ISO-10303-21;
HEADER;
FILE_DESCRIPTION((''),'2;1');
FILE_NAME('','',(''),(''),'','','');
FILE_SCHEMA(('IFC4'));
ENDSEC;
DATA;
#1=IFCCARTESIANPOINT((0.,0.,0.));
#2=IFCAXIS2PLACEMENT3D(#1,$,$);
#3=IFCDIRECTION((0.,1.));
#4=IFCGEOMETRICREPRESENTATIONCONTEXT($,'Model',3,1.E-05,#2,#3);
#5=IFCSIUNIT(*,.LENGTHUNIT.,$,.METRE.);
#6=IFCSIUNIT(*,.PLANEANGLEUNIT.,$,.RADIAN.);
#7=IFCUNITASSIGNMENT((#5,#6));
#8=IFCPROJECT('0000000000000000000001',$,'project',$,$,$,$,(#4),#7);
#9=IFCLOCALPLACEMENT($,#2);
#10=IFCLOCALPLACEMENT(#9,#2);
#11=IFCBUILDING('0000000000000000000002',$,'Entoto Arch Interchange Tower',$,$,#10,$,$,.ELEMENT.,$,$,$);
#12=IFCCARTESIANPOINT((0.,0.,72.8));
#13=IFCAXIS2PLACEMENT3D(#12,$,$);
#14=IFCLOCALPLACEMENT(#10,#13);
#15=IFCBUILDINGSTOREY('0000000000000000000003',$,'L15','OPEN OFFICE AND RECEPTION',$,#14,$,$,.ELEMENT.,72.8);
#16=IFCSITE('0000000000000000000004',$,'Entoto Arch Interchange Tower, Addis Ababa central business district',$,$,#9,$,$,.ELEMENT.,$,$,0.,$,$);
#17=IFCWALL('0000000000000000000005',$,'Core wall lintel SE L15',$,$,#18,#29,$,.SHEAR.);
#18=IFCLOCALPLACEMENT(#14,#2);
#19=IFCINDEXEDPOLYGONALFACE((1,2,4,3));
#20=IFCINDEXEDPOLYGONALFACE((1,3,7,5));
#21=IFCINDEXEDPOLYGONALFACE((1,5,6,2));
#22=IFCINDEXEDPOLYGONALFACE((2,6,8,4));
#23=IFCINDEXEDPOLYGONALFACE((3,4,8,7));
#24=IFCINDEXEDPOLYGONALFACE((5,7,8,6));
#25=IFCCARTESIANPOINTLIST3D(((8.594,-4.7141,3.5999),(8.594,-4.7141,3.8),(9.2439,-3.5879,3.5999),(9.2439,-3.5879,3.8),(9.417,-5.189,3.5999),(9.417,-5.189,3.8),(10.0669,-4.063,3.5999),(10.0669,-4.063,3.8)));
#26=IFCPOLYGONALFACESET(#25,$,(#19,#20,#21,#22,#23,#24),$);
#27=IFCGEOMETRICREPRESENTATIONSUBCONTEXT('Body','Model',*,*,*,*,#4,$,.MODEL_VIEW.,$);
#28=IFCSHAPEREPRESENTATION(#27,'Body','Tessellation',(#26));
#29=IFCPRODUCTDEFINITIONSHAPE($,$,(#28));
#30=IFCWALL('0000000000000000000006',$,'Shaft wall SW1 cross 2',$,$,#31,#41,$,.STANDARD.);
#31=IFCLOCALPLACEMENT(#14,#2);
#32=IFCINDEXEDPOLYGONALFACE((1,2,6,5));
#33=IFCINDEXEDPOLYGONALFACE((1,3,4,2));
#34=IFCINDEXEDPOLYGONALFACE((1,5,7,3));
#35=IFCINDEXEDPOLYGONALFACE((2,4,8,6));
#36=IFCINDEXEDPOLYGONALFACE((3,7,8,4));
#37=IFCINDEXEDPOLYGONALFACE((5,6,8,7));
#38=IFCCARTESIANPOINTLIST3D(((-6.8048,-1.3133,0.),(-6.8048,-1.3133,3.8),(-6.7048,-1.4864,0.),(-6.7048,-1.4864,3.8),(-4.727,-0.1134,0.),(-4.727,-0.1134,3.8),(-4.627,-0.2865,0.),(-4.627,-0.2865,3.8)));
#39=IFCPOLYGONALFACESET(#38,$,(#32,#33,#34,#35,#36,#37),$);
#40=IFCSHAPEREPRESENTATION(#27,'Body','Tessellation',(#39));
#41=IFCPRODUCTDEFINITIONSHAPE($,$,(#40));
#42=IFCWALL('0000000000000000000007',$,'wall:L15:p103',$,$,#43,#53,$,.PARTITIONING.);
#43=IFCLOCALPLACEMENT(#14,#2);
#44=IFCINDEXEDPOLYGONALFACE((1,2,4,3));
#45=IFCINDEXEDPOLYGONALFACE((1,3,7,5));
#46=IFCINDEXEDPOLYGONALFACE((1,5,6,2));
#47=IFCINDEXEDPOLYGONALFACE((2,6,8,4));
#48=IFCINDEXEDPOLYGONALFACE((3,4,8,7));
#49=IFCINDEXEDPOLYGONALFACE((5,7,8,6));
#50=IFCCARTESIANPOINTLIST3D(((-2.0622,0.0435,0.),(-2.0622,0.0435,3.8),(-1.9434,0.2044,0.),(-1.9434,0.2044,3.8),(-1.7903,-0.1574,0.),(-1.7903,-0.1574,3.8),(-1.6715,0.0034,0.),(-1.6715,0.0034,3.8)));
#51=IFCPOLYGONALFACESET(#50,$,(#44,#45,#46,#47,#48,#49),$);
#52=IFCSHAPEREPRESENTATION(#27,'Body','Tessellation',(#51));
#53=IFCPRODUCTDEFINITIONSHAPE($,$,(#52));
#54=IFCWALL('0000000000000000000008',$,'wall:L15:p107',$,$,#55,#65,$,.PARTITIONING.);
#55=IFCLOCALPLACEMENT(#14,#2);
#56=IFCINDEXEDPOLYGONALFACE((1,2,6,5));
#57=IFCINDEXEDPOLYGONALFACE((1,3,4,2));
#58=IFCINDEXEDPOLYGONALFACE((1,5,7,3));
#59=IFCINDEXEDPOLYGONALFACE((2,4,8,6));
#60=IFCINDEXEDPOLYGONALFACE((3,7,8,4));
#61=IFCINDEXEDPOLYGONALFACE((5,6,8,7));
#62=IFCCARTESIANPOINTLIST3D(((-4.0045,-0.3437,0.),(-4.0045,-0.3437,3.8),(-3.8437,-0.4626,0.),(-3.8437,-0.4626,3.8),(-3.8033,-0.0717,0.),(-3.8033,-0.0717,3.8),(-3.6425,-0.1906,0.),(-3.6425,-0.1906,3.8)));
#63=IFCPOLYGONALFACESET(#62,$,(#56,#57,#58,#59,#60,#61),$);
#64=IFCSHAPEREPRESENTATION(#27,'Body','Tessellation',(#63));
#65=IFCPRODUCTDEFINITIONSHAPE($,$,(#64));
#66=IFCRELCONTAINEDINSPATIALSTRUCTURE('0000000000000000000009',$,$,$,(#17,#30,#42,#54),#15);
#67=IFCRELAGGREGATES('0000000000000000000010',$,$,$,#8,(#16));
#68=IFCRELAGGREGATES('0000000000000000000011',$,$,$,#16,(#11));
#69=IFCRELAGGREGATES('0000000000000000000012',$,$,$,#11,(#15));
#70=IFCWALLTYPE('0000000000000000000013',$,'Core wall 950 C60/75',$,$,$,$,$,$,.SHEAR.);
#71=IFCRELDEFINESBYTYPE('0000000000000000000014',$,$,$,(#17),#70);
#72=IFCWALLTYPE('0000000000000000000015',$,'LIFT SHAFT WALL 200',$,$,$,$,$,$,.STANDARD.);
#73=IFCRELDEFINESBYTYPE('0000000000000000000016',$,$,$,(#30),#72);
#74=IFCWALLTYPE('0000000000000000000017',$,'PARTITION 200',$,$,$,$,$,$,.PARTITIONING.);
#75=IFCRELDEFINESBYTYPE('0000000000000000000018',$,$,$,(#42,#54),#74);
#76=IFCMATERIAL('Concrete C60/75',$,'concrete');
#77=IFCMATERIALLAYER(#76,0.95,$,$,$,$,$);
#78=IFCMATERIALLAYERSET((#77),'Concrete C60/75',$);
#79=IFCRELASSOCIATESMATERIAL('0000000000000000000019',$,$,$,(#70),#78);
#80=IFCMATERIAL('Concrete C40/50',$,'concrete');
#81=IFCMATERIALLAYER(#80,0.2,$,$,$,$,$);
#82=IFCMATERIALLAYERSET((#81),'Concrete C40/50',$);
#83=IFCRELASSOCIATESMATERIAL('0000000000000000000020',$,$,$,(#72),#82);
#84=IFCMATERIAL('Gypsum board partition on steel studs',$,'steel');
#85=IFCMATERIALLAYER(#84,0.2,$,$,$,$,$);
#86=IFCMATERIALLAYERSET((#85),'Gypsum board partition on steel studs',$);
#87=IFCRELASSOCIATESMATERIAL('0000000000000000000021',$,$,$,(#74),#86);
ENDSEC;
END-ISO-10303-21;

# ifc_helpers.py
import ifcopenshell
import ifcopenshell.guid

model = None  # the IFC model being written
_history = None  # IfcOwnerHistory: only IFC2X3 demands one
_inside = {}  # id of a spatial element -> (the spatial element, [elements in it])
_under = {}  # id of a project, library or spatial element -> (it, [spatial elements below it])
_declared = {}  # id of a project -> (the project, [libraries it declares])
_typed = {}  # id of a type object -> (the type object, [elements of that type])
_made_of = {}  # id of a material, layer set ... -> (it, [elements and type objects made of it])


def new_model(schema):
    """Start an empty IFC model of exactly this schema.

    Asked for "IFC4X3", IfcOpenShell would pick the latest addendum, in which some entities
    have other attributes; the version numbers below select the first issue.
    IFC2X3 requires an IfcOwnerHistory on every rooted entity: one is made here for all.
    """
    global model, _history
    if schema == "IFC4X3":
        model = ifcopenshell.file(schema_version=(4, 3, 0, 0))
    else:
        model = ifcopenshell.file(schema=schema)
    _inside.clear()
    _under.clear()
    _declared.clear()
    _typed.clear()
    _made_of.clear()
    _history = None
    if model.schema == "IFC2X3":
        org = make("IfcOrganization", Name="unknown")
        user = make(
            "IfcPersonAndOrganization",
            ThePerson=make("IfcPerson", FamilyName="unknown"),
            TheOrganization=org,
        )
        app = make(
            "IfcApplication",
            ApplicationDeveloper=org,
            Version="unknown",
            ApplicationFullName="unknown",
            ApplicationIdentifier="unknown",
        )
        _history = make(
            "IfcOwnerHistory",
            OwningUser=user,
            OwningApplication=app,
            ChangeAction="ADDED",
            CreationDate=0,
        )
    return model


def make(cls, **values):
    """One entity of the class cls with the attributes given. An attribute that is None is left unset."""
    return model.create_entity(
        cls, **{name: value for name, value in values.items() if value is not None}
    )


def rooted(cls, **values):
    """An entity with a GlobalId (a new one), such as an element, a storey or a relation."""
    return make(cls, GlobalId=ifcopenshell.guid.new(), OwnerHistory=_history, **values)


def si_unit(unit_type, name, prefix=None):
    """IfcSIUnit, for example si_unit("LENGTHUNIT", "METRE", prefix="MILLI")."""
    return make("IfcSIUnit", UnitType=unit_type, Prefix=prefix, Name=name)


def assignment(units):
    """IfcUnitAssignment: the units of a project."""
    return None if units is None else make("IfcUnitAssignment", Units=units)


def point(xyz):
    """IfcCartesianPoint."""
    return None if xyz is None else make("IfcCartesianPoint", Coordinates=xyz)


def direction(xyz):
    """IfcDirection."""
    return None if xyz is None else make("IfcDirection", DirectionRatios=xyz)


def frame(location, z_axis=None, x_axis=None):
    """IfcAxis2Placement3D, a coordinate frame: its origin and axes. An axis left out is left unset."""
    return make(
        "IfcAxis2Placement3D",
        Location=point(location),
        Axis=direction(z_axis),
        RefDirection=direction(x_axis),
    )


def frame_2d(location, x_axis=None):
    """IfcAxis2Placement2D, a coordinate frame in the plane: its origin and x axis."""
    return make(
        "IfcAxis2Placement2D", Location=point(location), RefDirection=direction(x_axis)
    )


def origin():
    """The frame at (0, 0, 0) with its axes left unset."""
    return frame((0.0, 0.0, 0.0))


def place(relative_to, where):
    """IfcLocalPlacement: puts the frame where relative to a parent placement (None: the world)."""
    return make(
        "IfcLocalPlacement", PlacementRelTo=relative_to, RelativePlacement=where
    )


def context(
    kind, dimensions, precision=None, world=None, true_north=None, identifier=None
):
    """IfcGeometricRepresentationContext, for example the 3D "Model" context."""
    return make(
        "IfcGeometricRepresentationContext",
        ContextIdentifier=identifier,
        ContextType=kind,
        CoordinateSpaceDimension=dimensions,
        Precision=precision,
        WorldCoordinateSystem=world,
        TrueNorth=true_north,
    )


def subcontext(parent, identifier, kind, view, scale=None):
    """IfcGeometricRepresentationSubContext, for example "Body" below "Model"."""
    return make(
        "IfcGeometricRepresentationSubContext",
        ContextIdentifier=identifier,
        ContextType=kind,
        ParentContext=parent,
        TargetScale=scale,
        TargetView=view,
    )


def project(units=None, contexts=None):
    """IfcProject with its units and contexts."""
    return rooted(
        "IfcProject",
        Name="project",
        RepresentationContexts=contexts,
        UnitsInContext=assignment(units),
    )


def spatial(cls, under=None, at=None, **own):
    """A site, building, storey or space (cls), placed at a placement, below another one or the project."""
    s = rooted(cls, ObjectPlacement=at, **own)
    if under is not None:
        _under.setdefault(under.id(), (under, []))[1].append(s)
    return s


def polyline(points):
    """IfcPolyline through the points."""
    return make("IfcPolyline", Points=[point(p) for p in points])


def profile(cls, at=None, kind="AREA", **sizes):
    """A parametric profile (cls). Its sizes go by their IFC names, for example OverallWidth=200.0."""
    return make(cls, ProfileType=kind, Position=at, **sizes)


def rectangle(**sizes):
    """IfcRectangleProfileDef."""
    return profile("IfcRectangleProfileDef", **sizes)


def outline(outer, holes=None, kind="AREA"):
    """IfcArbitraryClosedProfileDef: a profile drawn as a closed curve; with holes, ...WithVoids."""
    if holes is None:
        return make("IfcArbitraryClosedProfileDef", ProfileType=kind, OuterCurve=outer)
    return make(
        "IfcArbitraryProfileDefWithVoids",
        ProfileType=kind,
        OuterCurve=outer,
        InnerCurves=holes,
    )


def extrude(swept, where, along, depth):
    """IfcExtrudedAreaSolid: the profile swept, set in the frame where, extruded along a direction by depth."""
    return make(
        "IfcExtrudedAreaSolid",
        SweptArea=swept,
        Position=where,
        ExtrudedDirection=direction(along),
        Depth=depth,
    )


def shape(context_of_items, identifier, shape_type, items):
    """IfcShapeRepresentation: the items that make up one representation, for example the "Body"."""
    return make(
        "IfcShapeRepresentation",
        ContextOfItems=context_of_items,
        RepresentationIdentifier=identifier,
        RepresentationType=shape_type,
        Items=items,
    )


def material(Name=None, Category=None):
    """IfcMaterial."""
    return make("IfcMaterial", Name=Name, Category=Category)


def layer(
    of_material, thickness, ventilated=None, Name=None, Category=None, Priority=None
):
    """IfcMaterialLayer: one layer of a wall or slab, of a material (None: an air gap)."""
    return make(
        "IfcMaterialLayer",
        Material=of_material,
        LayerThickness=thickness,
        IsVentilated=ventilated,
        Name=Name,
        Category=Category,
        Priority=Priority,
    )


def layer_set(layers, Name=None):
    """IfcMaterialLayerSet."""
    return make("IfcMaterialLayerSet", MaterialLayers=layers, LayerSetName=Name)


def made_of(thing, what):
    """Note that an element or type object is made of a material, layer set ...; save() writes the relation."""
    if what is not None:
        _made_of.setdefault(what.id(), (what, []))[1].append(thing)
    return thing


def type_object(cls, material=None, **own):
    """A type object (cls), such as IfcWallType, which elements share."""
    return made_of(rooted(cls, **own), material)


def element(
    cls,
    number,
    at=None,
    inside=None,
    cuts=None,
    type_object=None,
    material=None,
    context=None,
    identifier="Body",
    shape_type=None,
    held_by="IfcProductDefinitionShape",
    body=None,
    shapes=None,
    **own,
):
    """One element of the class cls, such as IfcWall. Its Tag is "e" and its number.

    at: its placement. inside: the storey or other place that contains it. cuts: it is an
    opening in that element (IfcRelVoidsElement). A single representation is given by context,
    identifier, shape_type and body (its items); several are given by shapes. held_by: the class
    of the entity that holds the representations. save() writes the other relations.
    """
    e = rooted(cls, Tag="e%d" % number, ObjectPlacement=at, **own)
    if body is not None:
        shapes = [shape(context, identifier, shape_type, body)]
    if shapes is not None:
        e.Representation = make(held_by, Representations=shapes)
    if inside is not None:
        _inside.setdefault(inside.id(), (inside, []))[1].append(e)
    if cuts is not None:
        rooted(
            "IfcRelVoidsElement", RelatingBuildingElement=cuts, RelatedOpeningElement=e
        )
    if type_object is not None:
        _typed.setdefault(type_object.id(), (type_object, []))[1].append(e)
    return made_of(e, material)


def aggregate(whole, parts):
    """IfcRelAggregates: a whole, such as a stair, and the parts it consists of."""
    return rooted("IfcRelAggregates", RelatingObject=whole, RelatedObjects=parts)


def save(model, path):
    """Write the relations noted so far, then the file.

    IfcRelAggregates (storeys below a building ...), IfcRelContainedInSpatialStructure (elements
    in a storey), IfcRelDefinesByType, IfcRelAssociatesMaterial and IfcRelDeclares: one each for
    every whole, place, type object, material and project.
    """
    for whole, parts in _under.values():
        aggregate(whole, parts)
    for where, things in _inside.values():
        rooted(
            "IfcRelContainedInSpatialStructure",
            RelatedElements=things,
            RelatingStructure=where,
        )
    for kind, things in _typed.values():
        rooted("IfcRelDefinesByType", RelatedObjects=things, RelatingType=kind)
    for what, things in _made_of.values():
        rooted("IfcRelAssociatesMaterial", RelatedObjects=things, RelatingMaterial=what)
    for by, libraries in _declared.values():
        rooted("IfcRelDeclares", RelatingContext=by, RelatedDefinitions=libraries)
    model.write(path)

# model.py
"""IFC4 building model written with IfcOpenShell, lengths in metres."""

from ifc_helpers import new_model, si_unit, direction, frame, frame_2d, origin, place, context, subcontext, project, spatial, polyline, rectangle, outline, extrude, material, layer, layer_set, type_object, element, save


model = new_model("IFC4")

# Units and contexts
model_context = context("Model", 3, precision=1e-05, world=origin(), true_north=direction((0.0, 1.0)))
body_context = subcontext(model_context, "Body", "Model", "MODEL_VIEW")
ifc_project = project(units=[si_unit("LENGTHUNIT", "METRE"), si_unit("PLANEANGLEUNIT", "RADIAN")], contexts=[model_context])

# Site, building, storey
site_placement = place(None, origin())
site = spatial("IfcSite", under=ifc_project, at=site_placement, Name="Entoto Arch Interchange Tower, Addis Ababa central business district", CompositionType="ELEMENT", RefElevation=0.0)
building_placement = place(site_placement, origin())
building = spatial("IfcBuilding", under=site, at=building_placement, Name="Entoto Arch Interchange Tower", CompositionType="ELEMENT")
storey_placement = place(building_placement, frame((0.0, 0.0, 72.8)))
storey = spatial("IfcBuildingStorey", under=building, at=storey_placement, Name="L15", Description="OPEN OFFICE AND RECEPTION", CompositionType="ELEMENT", Elevation=72.8)

# Shared definitions
ifc_material_1 = material(Name="Concrete C40/50", Category="concrete")

# Walls
ifc_material_2 = material(Name="Concrete C60/75", Category="concrete")
ifc_layer_1 = layer(ifc_material_2, 0.95)
ifc_layer_set_1 = layer_set([ifc_layer_1], Name="Concrete C60/75")
wall_type_1 = type_object("IfcWallType", Name="Core wall 950 C60/75", PredefinedType="SHEAR", material=ifc_layer_set_1)
wall_1_placement = place(storey_placement, frame((0.0, 0.0, 3.5999)))
element("IfcWall", 1, at=wall_1_placement, inside=storey, type_object=wall_type_1, Name="Core wall lintel SE L15", PredefinedType="SHEAR", context=body_context, shape_type="SweptSolid", body=[
    extrude(outline(polyline([(10.0669, -4.063), (9.2439, -3.5879), (8.594, -4.7141), (9.417, -5.189), (10.0669, -4.063)])), origin(), (0.0, 0.0, 1.0), 0.2002),
])
ifc_layer_2 = layer(ifc_material_1, 0.2)
ifc_layer_set_2 = layer_set([ifc_layer_2], Name="Concrete C40/50")
wall_type_2 = type_object("IfcWallType", Name="LIFT SHAFT WALL 200", PredefinedType="STANDARD", material=ifc_layer_set_2)
wall_2_placement = place(storey_placement, frame((-4.677, -0.2, 0.0), z_axis=(0.0, 0.0, 1.0), x_axis=(-0.865974, -0.500089, 0.0)))
element("IfcWall", 2, at=wall_2_placement, inside=storey, type_object=wall_type_2, Name="Shaft wall SW1 cross 2", PredefinedType="STANDARD", context=body_context, shape_type="SweptSolid", body=[
    extrude(rectangle(XDim=2.3994, YDim=0.2, at=frame_2d((1.1997, 0.0))), origin(), (0.0, 0.0, 1.0), 3.8),
])
ifc_material_3 = material(Name="Gypsum board partition on steel studs", Category="steel")
ifc_layer_3 = layer(ifc_material_3, 0.2)
ifc_layer_set_3 = layer_set([ifc_layer_3], Name="Gypsum board partition on steel studs")
wall_type_3 = type_object("IfcWallType", Name="PARTITION 200", PredefinedType="PARTITIONING", material=ifc_layer_set_3)
wall_3_placement = place(storey_placement, frame((-1.731, -0.0769, 0.0), z_axis=(0.0, 0.0, 1.0), x_axis=(-0.804311, 0.594208, 0.0)))
element("IfcWall", 3, at=wall_3_placement, inside=storey, type_object=wall_type_3, Name="wall:L15:p103", PredefinedType="PARTITIONING", context=body_context, shape_type="SweptSolid", body=[
    extrude(rectangle(XDim=0.3381, YDim=0.2, at=frame_2d((0.1689, 0.0))), origin(), (0.0, 0.0, 1.0), 3.8),
])
wall_4_placement = place(storey_placement, frame((-3.7229, -0.1311, 0.0), z_axis=(0.0, 0.0, 1.0), x_axis=(-0.594675, -0.803966, 0.0)))
element("IfcWall", 4, at=wall_4_placement, inside=storey, type_object=wall_type_3, Name="wall:L15:p107", PredefinedType="PARTITIONING", context=body_context, shape_type="SweptSolid", body=[
    extrude(rectangle(XDim=0.3384, YDim=0.2, at=frame_2d((0.1692, 0.0))), origin(), (0.0, 0.0, 1.0), 3.8),
])

save(model, "model.ifc")
